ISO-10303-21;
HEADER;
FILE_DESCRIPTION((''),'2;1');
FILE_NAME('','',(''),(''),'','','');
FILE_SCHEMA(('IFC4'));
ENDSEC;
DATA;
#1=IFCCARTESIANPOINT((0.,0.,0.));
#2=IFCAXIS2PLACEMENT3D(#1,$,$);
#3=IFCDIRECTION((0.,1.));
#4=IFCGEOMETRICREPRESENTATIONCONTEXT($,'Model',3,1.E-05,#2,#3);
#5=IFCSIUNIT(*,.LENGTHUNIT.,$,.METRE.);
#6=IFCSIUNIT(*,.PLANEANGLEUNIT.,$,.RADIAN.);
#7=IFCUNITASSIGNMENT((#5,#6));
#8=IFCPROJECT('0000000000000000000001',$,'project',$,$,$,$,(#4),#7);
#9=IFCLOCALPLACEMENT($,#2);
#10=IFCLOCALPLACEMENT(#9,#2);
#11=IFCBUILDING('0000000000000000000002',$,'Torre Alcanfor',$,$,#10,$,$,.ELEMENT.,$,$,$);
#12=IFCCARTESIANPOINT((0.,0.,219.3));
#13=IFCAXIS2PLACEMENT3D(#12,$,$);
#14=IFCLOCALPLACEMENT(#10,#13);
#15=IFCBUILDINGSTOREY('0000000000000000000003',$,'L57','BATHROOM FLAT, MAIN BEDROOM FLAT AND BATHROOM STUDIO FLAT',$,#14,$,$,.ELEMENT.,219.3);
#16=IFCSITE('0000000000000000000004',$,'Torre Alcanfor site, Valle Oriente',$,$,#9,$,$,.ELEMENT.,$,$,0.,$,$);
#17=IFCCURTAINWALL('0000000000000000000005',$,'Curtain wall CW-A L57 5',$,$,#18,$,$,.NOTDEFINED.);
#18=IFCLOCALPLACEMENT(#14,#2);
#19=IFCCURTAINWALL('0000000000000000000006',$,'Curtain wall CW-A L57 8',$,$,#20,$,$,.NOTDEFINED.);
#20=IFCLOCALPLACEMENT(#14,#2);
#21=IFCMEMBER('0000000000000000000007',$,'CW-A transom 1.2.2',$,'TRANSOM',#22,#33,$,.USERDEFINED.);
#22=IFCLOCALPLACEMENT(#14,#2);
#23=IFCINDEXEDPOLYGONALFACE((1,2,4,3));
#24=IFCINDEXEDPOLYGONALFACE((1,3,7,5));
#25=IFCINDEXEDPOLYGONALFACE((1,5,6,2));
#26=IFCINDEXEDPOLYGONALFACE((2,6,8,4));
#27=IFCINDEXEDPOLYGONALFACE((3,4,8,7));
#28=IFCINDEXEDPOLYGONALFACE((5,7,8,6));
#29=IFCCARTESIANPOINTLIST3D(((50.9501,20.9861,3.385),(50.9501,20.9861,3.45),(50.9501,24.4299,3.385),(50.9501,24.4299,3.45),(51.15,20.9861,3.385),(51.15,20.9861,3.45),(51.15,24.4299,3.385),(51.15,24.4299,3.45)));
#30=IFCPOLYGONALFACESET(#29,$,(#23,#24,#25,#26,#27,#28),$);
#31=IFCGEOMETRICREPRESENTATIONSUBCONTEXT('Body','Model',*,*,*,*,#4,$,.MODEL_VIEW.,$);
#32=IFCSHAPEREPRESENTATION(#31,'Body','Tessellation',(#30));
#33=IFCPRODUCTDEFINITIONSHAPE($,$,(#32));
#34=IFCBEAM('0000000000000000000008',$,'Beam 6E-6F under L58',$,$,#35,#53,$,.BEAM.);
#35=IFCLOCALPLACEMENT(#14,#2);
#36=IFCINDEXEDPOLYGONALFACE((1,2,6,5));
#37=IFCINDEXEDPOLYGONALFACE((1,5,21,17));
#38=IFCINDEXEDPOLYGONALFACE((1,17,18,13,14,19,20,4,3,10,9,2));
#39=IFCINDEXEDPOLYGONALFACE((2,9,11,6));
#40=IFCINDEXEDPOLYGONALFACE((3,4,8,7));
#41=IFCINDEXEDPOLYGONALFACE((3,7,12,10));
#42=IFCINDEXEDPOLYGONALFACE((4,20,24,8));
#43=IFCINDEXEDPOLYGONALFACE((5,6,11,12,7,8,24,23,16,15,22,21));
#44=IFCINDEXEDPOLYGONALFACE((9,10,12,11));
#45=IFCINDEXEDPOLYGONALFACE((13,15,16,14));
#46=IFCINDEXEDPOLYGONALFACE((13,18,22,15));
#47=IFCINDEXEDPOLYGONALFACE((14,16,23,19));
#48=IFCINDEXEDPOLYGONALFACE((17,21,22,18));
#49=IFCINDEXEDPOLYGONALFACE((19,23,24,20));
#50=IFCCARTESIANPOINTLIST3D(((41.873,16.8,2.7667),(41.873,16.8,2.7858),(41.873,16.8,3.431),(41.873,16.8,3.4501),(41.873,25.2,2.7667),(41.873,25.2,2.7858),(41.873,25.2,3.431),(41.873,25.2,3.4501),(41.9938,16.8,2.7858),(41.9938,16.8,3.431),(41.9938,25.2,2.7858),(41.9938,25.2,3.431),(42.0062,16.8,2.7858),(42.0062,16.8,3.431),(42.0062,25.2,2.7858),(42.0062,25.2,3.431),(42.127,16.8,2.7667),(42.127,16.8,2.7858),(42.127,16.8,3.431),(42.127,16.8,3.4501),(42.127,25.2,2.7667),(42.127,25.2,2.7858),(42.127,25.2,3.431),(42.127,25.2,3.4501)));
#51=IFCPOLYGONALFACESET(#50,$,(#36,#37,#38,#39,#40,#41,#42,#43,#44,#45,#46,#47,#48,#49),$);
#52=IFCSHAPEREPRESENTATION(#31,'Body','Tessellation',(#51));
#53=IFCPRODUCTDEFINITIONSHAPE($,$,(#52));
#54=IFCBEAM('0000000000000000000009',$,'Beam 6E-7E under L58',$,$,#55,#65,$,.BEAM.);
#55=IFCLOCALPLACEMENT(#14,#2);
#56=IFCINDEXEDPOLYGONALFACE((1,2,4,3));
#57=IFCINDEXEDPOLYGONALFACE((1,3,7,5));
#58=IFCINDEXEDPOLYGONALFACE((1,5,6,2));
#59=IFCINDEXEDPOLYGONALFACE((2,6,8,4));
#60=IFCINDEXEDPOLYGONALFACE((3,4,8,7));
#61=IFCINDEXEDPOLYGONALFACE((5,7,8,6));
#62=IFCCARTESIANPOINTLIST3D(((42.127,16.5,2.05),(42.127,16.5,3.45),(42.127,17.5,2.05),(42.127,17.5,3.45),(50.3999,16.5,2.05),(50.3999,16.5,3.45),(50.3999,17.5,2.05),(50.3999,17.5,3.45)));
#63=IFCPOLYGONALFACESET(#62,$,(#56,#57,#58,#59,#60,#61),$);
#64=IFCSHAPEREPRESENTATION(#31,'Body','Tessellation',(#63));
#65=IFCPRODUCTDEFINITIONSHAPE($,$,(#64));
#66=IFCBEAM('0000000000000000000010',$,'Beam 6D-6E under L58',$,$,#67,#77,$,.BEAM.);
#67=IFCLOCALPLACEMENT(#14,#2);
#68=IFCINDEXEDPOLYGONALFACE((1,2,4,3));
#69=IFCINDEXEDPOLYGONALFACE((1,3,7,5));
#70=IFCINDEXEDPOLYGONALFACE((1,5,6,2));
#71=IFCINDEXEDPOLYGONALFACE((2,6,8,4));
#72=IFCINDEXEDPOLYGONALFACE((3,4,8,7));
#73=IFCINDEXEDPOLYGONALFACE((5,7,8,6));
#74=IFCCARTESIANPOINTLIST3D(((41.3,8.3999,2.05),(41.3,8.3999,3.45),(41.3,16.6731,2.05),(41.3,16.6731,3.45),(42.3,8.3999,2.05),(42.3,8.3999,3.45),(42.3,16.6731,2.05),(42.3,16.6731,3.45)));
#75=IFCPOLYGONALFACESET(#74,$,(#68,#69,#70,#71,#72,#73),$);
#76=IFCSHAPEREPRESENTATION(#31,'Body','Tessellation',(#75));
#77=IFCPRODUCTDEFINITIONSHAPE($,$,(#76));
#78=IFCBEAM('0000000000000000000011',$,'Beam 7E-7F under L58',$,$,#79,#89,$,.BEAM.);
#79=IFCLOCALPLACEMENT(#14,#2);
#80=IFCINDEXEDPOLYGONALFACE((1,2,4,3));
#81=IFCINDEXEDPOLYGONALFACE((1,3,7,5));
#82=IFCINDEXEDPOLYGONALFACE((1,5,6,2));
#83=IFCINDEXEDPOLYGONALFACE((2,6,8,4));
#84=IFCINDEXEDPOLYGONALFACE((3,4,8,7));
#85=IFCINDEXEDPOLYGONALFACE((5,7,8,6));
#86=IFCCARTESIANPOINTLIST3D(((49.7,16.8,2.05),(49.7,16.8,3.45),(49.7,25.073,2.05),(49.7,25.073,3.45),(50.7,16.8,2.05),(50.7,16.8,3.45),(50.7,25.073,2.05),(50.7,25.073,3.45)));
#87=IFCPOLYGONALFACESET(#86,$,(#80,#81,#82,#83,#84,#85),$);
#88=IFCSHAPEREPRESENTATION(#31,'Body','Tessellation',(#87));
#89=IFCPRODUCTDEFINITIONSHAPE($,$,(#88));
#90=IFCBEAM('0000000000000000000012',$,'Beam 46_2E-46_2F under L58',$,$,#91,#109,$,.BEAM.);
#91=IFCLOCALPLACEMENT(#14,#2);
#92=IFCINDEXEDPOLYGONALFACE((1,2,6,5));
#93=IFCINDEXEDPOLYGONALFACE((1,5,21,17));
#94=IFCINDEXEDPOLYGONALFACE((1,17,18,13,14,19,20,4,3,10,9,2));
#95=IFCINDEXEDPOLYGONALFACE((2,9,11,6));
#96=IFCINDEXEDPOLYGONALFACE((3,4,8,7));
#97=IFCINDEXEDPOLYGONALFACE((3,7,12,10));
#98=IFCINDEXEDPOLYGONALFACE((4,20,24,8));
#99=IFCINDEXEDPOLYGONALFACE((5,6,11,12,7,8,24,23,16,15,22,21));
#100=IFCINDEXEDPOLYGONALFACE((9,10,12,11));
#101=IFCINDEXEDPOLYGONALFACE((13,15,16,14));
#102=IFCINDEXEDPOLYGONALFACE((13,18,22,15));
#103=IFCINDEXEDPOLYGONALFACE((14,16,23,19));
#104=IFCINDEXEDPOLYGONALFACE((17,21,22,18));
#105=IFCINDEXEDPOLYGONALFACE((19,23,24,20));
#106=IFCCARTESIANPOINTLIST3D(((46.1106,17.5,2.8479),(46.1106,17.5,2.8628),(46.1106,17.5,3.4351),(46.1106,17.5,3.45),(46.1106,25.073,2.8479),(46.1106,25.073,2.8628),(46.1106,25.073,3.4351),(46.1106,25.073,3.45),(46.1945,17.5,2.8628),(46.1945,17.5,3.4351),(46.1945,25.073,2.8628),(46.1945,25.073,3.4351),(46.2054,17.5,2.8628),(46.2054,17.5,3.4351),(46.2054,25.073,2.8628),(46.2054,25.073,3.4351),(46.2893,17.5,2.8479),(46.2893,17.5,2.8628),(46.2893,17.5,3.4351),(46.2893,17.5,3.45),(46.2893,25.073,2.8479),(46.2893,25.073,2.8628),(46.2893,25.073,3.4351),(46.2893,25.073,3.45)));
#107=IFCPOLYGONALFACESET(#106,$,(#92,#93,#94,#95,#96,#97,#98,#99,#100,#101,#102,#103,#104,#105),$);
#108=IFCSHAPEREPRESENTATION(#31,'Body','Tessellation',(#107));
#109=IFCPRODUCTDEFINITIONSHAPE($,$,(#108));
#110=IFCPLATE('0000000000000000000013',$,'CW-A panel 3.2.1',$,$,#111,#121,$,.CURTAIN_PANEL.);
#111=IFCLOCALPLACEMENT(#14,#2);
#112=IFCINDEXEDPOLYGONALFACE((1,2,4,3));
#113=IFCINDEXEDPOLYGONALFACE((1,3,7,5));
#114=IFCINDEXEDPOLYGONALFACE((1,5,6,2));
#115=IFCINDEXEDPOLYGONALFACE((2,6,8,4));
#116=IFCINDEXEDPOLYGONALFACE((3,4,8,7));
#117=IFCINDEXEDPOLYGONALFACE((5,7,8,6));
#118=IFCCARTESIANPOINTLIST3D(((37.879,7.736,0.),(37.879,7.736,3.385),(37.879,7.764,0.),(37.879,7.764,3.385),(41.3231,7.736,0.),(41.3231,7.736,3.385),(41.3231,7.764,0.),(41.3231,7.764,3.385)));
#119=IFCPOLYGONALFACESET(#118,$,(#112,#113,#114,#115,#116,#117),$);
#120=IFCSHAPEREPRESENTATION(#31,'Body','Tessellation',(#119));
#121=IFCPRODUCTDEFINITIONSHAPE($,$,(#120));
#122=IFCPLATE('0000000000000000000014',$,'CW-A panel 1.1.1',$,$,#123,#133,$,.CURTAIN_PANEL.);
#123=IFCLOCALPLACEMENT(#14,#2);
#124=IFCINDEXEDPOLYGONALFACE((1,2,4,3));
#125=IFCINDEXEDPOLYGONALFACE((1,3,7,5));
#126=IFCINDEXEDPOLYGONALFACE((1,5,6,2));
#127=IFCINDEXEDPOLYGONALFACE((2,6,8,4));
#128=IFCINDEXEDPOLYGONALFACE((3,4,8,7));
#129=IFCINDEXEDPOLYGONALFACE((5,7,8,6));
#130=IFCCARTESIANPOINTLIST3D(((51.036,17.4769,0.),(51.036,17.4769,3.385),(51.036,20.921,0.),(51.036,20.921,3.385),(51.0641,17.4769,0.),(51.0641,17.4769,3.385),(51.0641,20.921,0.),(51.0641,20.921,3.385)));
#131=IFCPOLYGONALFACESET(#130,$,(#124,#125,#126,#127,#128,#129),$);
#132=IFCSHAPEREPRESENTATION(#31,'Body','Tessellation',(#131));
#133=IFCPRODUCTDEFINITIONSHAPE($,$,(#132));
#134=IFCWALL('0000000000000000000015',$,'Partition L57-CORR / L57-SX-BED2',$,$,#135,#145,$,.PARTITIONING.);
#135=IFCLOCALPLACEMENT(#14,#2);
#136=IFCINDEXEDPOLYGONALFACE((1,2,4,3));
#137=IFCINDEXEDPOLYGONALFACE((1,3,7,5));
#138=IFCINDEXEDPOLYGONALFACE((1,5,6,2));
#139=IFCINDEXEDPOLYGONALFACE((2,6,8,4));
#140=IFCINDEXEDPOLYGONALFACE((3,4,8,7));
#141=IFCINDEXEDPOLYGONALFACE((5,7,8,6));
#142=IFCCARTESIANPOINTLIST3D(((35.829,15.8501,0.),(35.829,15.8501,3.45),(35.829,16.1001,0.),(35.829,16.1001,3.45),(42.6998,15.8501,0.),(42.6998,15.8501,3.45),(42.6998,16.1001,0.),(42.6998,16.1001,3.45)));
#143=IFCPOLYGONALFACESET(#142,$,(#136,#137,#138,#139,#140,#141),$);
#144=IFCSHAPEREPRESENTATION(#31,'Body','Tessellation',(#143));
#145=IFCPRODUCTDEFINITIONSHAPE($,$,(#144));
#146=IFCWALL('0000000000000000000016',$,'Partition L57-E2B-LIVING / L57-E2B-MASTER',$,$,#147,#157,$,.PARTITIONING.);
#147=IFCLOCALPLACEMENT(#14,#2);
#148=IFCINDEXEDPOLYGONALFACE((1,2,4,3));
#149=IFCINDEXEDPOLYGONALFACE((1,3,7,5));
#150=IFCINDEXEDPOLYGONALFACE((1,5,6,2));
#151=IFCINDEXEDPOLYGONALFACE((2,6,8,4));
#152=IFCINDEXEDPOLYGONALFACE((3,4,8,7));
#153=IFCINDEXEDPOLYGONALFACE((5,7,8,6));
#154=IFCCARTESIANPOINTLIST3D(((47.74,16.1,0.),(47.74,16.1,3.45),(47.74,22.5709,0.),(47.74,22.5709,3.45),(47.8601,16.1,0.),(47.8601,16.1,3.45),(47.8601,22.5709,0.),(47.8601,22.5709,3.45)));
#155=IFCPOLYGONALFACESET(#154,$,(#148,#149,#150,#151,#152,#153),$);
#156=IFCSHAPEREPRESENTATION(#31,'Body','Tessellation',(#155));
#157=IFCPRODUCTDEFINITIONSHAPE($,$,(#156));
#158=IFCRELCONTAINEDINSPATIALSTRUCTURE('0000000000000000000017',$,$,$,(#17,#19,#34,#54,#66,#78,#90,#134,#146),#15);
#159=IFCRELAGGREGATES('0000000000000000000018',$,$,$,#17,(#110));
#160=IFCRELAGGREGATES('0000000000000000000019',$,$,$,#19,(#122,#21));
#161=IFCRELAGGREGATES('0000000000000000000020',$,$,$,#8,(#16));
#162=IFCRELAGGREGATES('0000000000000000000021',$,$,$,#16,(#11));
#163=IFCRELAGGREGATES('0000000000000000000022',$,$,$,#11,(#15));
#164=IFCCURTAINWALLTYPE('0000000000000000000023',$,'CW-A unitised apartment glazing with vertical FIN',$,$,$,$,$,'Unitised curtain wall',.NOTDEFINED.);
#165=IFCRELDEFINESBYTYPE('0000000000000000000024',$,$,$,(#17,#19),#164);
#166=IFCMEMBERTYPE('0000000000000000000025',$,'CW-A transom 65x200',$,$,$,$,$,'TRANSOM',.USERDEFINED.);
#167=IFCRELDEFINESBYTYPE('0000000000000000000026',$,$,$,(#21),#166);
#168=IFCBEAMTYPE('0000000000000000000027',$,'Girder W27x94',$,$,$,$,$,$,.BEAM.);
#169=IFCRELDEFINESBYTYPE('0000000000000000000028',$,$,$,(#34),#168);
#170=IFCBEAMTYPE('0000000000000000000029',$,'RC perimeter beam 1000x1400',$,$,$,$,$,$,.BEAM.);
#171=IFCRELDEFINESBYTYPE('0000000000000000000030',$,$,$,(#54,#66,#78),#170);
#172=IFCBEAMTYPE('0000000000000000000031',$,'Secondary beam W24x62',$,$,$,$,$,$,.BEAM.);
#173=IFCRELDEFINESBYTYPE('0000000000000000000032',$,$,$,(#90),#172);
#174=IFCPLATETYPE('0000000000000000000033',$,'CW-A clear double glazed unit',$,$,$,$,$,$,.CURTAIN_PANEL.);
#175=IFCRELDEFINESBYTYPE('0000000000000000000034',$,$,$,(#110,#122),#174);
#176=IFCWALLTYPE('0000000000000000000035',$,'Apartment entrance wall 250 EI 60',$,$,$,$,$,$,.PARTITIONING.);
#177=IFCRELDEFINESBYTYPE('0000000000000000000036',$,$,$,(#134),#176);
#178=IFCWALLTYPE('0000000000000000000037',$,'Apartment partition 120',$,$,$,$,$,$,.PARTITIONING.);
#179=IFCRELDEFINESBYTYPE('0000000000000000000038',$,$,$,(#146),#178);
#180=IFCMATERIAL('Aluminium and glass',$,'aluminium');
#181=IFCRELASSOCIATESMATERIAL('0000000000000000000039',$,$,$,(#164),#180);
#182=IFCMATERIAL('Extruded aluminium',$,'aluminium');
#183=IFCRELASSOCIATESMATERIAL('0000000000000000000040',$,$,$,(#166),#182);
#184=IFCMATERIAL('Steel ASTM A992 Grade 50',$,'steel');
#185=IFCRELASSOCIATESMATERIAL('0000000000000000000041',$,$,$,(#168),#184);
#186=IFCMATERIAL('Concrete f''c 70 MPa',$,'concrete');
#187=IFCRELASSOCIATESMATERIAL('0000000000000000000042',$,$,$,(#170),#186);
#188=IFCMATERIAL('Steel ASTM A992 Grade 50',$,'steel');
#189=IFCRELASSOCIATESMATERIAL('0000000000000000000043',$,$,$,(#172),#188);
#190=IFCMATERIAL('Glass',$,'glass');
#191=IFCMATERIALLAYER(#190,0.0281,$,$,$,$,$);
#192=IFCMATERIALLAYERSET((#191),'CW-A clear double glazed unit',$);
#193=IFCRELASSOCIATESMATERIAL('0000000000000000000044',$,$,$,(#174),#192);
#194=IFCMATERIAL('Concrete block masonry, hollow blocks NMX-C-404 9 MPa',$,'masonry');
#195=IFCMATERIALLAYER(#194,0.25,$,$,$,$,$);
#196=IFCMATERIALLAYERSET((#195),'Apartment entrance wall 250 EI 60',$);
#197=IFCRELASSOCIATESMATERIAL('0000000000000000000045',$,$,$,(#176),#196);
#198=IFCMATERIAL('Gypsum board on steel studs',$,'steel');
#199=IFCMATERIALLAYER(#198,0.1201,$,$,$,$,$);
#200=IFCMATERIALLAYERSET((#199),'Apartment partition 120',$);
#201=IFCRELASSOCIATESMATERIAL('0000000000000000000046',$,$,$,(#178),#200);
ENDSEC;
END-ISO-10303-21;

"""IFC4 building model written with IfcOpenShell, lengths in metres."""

from ifc_helpers import new_model, si_unit, direction, frame, frame_2d, origin, origin_2d, place, context, subcontext, project, spatial, rectangle, i_section, extrude, material, layer, layer_set, material_profile, profile_set, type_object, element, aggregate, save


model = new_model("IFC4")

# Units and contexts
model_context = context("Model", 3, precision=1e-05, world=origin(), true_north=direction((0.0, 1.0)))
body_context = subcontext(model_context, "Body", "Model", "MODEL_VIEW")
ifc_project = project(units=[si_unit("LENGTHUNIT", "METRE"), si_unit("PLANEANGLEUNIT", "RADIAN")], contexts=[model_context])

# Site, building, storey
site_placement = place(None, origin())
site = spatial("IfcSite", under=ifc_project, at=site_placement, Name="Torre Alcanfor site, Valle Oriente", CompositionType="ELEMENT", RefElevation=0.0)
building_placement = place(site_placement, origin())
building = spatial("IfcBuilding", under=site, at=building_placement, Name="Torre Alcanfor", CompositionType="ELEMENT")
storey_placement = place(building_placement, frame((0.0, 0.0, 219.3)))
storey = spatial("IfcBuildingStorey", under=building, at=storey_placement, Name="L57", Description="BATHROOM FLAT, MAIN BEDROOM FLAT AND BATHROOM STUDIO FLAT", CompositionType="ELEMENT", Elevation=219.3)

# Curtain wall
ifc_material_1 = material(Name="Aluminium and glass", Category="aluminium")
curtain_wall_type = type_object("IfcCurtainWallType", Name="CW-A unitised apartment glazing with vertical FIN", ElementType="Unitised curtain wall", PredefinedType="NOTDEFINED", material=ifc_material_1)
curtain_wall_1_placement = place(storey_placement, origin())
curtain_wall_1 = element("IfcCurtainWall", 1, at=curtain_wall_1_placement, inside=storey, type_object=curtain_wall_type, Name="Curtain wall CW-A L57 5", PredefinedType="NOTDEFINED")

# Curtain wall
curtain_wall_2_placement = place(storey_placement, origin())
curtain_wall_2 = element("IfcCurtainWall", 2, at=curtain_wall_2_placement, inside=storey, type_object=curtain_wall_type, Name="Curtain wall CW-A L57 8", PredefinedType="NOTDEFINED")

# Member
ifc_material_2 = material(Name="Extruded aluminium", Category="aluminium")
ifc_material_profile_1 = material_profile(ifc_material_2, rectangle(XDim=0.2, YDim=0.0649, at=origin_2d()), Name="CW-A transom 200x65")
ifc_profile_set_1 = profile_set([ifc_material_profile_1], Name="Extruded aluminium")
member_type_1 = type_object("IfcMemberType", Name="CW-A transom 65x200", ElementType="TRANSOM", PredefinedType="USERDEFINED", material=ifc_profile_set_1)
member_1_placement = place(storey_placement, frame((51.05, 20.9861, 3.4175), z_axis=(0.0, 1.0, 0.0), x_axis=(-1.0, 0.0, 0.0)))
member_1 = element("IfcMember", 3, at=member_1_placement, type_object=member_type_1, Name="CW-A transom 1.2.2", ObjectType="TRANSOM", PredefinedType="USERDEFINED", context=body_context, shape_type="SweptSolid", body=[
    extrude(rectangle(XDim=0.2, YDim=0.0649, at=origin_2d()), origin(), (0.0, 0.0, 1.0), 3.4438),
])

# Beams
ifc_material_3 = material(Name="Steel ASTM A992 Grade 50", Category="steel")
ifc_material_profile_2 = material_profile(ifc_material_3, i_section(OverallWidth=0.2539, OverallDepth=0.6833, WebThickness=0.0125, FlangeThickness=0.019, at=origin_2d()), Name="W27x94")
ifc_profile_set_2 = profile_set([ifc_material_profile_2], Name="Steel ASTM A992 Grade 50")
beam_type_1 = type_object("IfcBeamType", Name="Girder W27x94", PredefinedType="BEAM", material=ifc_profile_set_2)
beam_1_placement = place(storey_placement, frame((42.0, 16.8, 3.1084), z_axis=(0.0, 1.0, 0.0), x_axis=(-1.0, 0.0, 0.0)))
element("IfcBeam", 4, at=beam_1_placement, inside=storey, type_object=beam_type_1, Name="Beam 6E-6F under L58", PredefinedType="BEAM", context=body_context, shape_type="SweptSolid", body=[
    extrude(i_section(OverallWidth=0.2539, OverallDepth=0.6833, WebThickness=0.0125, FlangeThickness=0.019, at=origin_2d()), origin(), (0.0, 0.0, 1.0), 8.3999),
])
ifc_material_4 = material(Name="Concrete f'c 70 MPa", Category="concrete")
ifc_material_profile_3 = material_profile(ifc_material_4, rectangle(XDim=1.0, YDim=1.3999, at=origin_2d()), Name="1000x1400")
ifc_profile_set_3 = profile_set([ifc_material_profile_3], Name="Concrete f'c 70 MPa")
beam_type_2 = type_object("IfcBeamType", Name="RC perimeter beam 1000x1400", PredefinedType="BEAM", material=ifc_profile_set_3)
beam_2_placement = place(storey_placement, frame((42.127, 17.0, 2.75), z_axis=(1.0, 0.0, 0.0), x_axis=(0.0, 1.0, 0.0)))
element("IfcBeam", 5, at=beam_2_placement, inside=storey, type_object=beam_type_2, Name="Beam 6E-7E under L58", PredefinedType="BEAM", context=body_context, shape_type="SweptSolid", body=[
    extrude(rectangle(XDim=1.0, YDim=1.3999, at=origin_2d()), origin(), (0.0, 0.0, 1.0), 8.2729),
])
beam_3_placement = place(storey_placement, frame((41.8, 8.3999, 2.75), z_axis=(0.0, 1.0, 0.0), x_axis=(-1.0, 0.0, 0.0)))
element("IfcBeam", 6, at=beam_3_placement, inside=storey, type_object=beam_type_2, Name="Beam 6D-6E under L58", PredefinedType="BEAM", context=body_context, shape_type="SweptSolid", body=[
    extrude(rectangle(XDim=1.0, YDim=1.3999, at=origin_2d()), origin(), (0.0, 0.0, 1.0), 8.2732),
])
beam_4_placement = place(storey_placement, frame((50.2, 16.8, 2.75), z_axis=(0.0, 1.0, 0.0), x_axis=(-1.0, 0.0, 0.0)))
element("IfcBeam", 7, at=beam_4_placement, inside=storey, type_object=beam_type_2, Name="Beam 7E-7F under L58", PredefinedType="BEAM", context=body_context, shape_type="SweptSolid", body=[
    extrude(rectangle(XDim=1.0, YDim=1.3999, at=origin_2d()), origin(), (0.0, 0.0, 1.0), 8.2729),
])
ifc_material_5 = material(Name="Steel ASTM A992 Grade 50", Category="steel")
ifc_material_profile_4 = material_profile(ifc_material_5, i_section(OverallWidth=0.1787, OverallDepth=0.6021, WebThickness=0.011, FlangeThickness=0.0149, at=origin_2d()), Name="W24x62")
ifc_profile_set_4 = profile_set([ifc_material_profile_4], Name="Steel ASTM A992 Grade 50")
beam_type_3 = type_object("IfcBeamType", Name="Secondary beam W24x62", PredefinedType="BEAM", material=ifc_profile_set_4)
beam_5_placement = place(storey_placement, frame((46.2, 17.5, 3.1489), z_axis=(0.0, 1.0, 0.0), x_axis=(-1.0, 0.0, 0.0)))
element("IfcBeam", 8, at=beam_5_placement, inside=storey, type_object=beam_type_3, Name="Beam 46_2E-46_2F under L58", PredefinedType="BEAM", context=body_context, shape_type="SweptSolid", body=[
    extrude(i_section(OverallWidth=0.1787, OverallDepth=0.6021, WebThickness=0.011, FlangeThickness=0.0149, at=origin_2d()), origin(), (0.0, 0.0, 1.0), 7.573),
])

# Plates
ifc_material_6 = material(Name="Glass", Category="glass")
ifc_layer_1 = layer(ifc_material_6, 0.0281)
ifc_layer_set_1 = layer_set([ifc_layer_1], Name="CW-A clear double glazed unit")
plate_type = type_object("IfcPlateType", Name="CW-A clear double glazed unit", PredefinedType="CURTAIN_PANEL", material=ifc_layer_set_1)
plate_1_placement = place(storey_placement, frame((39.6011, 7.75, 0.0), z_axis=(0.0, 0.0, 1.0), x_axis=(1.0, 0.0, 0.0)))
plate_1 = element("IfcPlate", 9, at=plate_1_placement, type_object=plate_type, Name="CW-A panel 3.2.1", PredefinedType="CURTAIN_PANEL", context=body_context, shape_type="SweptSolid", body=[
    extrude(rectangle(XDim=3.4441, YDim=0.0281, at=origin_2d()), origin(), (0.0, 0.0, 1.0), 3.385),
])
aggregate(curtain_wall_1, [plate_1])
plate_2_placement = place(storey_placement, frame((51.05, 19.199, 0.0), z_axis=(0.0, 0.0, 1.0), x_axis=(0.0, 1.0, 0.0)))
plate_2 = element("IfcPlate", 10, at=plate_2_placement, type_object=plate_type, Name="CW-A panel 1.1.1", PredefinedType="CURTAIN_PANEL", context=body_context, shape_type="SweptSolid", body=[
    extrude(rectangle(XDim=3.4441, YDim=0.0281, at=origin_2d()), origin(), (0.0, 0.0, 1.0), 3.385),
])
aggregate(curtain_wall_2, [plate_2, member_1])

# Walls
ifc_material_7 = material(Name="Concrete block masonry, hollow blocks NMX-C-404 9 MPa", Category="masonry")
ifc_layer_2 = layer(ifc_material_7, 0.25)
ifc_layer_set_2 = layer_set([ifc_layer_2], Name="Apartment entrance wall 250 EI 60")
wall_type_1 = type_object("IfcWallType", Name="Apartment entrance wall 250 EI 60", PredefinedType="PARTITIONING", material=ifc_layer_set_2)
wall_1_placement = place(storey_placement, frame((42.7, 15.9751, 0.0), z_axis=(0.0, 0.0, 1.0), x_axis=(-1.0, 0.0, 0.0)))
element("IfcWall", 11, at=wall_1_placement, inside=storey, type_object=wall_type_1, Name="Partition L57-CORR / L57-SX-BED2", PredefinedType="PARTITIONING", context=body_context, shape_type="SweptSolid", body=[
    extrude(rectangle(XDim=6.8708, YDim=0.25, at=frame_2d((3.4355, 0.0))), origin(), (0.0, 0.0, 1.0), 3.45),
])
ifc_material_8 = material(Name="Gypsum board on steel studs", Category="steel")
ifc_layer_3 = layer(ifc_material_8, 0.1201)
ifc_layer_set_3 = layer_set([ifc_layer_3], Name="Apartment partition 120")
wall_type_2 = type_object("IfcWallType", Name="Apartment partition 120", PredefinedType="PARTITIONING", material=ifc_layer_set_3)
wall_2_placement = place(storey_placement, frame((47.8, 16.1001, 0.0), z_axis=(0.0, 0.0, 1.0), x_axis=(0.0, 1.0, 0.0)))
element("IfcWall", 12, at=wall_2_placement, inside=storey, type_object=wall_type_2, Name="Partition L57-E2B-LIVING / L57-E2B-MASTER", PredefinedType="PARTITIONING", context=body_context, shape_type="SweptSolid", body=[
    extrude(rectangle(XDim=6.4709, YDim=0.1201, at=frame_2d((3.2354, 0.0))), origin(), (0.0, 0.0, 1.0), 3.45),
])

save(model, "model.ifc")
